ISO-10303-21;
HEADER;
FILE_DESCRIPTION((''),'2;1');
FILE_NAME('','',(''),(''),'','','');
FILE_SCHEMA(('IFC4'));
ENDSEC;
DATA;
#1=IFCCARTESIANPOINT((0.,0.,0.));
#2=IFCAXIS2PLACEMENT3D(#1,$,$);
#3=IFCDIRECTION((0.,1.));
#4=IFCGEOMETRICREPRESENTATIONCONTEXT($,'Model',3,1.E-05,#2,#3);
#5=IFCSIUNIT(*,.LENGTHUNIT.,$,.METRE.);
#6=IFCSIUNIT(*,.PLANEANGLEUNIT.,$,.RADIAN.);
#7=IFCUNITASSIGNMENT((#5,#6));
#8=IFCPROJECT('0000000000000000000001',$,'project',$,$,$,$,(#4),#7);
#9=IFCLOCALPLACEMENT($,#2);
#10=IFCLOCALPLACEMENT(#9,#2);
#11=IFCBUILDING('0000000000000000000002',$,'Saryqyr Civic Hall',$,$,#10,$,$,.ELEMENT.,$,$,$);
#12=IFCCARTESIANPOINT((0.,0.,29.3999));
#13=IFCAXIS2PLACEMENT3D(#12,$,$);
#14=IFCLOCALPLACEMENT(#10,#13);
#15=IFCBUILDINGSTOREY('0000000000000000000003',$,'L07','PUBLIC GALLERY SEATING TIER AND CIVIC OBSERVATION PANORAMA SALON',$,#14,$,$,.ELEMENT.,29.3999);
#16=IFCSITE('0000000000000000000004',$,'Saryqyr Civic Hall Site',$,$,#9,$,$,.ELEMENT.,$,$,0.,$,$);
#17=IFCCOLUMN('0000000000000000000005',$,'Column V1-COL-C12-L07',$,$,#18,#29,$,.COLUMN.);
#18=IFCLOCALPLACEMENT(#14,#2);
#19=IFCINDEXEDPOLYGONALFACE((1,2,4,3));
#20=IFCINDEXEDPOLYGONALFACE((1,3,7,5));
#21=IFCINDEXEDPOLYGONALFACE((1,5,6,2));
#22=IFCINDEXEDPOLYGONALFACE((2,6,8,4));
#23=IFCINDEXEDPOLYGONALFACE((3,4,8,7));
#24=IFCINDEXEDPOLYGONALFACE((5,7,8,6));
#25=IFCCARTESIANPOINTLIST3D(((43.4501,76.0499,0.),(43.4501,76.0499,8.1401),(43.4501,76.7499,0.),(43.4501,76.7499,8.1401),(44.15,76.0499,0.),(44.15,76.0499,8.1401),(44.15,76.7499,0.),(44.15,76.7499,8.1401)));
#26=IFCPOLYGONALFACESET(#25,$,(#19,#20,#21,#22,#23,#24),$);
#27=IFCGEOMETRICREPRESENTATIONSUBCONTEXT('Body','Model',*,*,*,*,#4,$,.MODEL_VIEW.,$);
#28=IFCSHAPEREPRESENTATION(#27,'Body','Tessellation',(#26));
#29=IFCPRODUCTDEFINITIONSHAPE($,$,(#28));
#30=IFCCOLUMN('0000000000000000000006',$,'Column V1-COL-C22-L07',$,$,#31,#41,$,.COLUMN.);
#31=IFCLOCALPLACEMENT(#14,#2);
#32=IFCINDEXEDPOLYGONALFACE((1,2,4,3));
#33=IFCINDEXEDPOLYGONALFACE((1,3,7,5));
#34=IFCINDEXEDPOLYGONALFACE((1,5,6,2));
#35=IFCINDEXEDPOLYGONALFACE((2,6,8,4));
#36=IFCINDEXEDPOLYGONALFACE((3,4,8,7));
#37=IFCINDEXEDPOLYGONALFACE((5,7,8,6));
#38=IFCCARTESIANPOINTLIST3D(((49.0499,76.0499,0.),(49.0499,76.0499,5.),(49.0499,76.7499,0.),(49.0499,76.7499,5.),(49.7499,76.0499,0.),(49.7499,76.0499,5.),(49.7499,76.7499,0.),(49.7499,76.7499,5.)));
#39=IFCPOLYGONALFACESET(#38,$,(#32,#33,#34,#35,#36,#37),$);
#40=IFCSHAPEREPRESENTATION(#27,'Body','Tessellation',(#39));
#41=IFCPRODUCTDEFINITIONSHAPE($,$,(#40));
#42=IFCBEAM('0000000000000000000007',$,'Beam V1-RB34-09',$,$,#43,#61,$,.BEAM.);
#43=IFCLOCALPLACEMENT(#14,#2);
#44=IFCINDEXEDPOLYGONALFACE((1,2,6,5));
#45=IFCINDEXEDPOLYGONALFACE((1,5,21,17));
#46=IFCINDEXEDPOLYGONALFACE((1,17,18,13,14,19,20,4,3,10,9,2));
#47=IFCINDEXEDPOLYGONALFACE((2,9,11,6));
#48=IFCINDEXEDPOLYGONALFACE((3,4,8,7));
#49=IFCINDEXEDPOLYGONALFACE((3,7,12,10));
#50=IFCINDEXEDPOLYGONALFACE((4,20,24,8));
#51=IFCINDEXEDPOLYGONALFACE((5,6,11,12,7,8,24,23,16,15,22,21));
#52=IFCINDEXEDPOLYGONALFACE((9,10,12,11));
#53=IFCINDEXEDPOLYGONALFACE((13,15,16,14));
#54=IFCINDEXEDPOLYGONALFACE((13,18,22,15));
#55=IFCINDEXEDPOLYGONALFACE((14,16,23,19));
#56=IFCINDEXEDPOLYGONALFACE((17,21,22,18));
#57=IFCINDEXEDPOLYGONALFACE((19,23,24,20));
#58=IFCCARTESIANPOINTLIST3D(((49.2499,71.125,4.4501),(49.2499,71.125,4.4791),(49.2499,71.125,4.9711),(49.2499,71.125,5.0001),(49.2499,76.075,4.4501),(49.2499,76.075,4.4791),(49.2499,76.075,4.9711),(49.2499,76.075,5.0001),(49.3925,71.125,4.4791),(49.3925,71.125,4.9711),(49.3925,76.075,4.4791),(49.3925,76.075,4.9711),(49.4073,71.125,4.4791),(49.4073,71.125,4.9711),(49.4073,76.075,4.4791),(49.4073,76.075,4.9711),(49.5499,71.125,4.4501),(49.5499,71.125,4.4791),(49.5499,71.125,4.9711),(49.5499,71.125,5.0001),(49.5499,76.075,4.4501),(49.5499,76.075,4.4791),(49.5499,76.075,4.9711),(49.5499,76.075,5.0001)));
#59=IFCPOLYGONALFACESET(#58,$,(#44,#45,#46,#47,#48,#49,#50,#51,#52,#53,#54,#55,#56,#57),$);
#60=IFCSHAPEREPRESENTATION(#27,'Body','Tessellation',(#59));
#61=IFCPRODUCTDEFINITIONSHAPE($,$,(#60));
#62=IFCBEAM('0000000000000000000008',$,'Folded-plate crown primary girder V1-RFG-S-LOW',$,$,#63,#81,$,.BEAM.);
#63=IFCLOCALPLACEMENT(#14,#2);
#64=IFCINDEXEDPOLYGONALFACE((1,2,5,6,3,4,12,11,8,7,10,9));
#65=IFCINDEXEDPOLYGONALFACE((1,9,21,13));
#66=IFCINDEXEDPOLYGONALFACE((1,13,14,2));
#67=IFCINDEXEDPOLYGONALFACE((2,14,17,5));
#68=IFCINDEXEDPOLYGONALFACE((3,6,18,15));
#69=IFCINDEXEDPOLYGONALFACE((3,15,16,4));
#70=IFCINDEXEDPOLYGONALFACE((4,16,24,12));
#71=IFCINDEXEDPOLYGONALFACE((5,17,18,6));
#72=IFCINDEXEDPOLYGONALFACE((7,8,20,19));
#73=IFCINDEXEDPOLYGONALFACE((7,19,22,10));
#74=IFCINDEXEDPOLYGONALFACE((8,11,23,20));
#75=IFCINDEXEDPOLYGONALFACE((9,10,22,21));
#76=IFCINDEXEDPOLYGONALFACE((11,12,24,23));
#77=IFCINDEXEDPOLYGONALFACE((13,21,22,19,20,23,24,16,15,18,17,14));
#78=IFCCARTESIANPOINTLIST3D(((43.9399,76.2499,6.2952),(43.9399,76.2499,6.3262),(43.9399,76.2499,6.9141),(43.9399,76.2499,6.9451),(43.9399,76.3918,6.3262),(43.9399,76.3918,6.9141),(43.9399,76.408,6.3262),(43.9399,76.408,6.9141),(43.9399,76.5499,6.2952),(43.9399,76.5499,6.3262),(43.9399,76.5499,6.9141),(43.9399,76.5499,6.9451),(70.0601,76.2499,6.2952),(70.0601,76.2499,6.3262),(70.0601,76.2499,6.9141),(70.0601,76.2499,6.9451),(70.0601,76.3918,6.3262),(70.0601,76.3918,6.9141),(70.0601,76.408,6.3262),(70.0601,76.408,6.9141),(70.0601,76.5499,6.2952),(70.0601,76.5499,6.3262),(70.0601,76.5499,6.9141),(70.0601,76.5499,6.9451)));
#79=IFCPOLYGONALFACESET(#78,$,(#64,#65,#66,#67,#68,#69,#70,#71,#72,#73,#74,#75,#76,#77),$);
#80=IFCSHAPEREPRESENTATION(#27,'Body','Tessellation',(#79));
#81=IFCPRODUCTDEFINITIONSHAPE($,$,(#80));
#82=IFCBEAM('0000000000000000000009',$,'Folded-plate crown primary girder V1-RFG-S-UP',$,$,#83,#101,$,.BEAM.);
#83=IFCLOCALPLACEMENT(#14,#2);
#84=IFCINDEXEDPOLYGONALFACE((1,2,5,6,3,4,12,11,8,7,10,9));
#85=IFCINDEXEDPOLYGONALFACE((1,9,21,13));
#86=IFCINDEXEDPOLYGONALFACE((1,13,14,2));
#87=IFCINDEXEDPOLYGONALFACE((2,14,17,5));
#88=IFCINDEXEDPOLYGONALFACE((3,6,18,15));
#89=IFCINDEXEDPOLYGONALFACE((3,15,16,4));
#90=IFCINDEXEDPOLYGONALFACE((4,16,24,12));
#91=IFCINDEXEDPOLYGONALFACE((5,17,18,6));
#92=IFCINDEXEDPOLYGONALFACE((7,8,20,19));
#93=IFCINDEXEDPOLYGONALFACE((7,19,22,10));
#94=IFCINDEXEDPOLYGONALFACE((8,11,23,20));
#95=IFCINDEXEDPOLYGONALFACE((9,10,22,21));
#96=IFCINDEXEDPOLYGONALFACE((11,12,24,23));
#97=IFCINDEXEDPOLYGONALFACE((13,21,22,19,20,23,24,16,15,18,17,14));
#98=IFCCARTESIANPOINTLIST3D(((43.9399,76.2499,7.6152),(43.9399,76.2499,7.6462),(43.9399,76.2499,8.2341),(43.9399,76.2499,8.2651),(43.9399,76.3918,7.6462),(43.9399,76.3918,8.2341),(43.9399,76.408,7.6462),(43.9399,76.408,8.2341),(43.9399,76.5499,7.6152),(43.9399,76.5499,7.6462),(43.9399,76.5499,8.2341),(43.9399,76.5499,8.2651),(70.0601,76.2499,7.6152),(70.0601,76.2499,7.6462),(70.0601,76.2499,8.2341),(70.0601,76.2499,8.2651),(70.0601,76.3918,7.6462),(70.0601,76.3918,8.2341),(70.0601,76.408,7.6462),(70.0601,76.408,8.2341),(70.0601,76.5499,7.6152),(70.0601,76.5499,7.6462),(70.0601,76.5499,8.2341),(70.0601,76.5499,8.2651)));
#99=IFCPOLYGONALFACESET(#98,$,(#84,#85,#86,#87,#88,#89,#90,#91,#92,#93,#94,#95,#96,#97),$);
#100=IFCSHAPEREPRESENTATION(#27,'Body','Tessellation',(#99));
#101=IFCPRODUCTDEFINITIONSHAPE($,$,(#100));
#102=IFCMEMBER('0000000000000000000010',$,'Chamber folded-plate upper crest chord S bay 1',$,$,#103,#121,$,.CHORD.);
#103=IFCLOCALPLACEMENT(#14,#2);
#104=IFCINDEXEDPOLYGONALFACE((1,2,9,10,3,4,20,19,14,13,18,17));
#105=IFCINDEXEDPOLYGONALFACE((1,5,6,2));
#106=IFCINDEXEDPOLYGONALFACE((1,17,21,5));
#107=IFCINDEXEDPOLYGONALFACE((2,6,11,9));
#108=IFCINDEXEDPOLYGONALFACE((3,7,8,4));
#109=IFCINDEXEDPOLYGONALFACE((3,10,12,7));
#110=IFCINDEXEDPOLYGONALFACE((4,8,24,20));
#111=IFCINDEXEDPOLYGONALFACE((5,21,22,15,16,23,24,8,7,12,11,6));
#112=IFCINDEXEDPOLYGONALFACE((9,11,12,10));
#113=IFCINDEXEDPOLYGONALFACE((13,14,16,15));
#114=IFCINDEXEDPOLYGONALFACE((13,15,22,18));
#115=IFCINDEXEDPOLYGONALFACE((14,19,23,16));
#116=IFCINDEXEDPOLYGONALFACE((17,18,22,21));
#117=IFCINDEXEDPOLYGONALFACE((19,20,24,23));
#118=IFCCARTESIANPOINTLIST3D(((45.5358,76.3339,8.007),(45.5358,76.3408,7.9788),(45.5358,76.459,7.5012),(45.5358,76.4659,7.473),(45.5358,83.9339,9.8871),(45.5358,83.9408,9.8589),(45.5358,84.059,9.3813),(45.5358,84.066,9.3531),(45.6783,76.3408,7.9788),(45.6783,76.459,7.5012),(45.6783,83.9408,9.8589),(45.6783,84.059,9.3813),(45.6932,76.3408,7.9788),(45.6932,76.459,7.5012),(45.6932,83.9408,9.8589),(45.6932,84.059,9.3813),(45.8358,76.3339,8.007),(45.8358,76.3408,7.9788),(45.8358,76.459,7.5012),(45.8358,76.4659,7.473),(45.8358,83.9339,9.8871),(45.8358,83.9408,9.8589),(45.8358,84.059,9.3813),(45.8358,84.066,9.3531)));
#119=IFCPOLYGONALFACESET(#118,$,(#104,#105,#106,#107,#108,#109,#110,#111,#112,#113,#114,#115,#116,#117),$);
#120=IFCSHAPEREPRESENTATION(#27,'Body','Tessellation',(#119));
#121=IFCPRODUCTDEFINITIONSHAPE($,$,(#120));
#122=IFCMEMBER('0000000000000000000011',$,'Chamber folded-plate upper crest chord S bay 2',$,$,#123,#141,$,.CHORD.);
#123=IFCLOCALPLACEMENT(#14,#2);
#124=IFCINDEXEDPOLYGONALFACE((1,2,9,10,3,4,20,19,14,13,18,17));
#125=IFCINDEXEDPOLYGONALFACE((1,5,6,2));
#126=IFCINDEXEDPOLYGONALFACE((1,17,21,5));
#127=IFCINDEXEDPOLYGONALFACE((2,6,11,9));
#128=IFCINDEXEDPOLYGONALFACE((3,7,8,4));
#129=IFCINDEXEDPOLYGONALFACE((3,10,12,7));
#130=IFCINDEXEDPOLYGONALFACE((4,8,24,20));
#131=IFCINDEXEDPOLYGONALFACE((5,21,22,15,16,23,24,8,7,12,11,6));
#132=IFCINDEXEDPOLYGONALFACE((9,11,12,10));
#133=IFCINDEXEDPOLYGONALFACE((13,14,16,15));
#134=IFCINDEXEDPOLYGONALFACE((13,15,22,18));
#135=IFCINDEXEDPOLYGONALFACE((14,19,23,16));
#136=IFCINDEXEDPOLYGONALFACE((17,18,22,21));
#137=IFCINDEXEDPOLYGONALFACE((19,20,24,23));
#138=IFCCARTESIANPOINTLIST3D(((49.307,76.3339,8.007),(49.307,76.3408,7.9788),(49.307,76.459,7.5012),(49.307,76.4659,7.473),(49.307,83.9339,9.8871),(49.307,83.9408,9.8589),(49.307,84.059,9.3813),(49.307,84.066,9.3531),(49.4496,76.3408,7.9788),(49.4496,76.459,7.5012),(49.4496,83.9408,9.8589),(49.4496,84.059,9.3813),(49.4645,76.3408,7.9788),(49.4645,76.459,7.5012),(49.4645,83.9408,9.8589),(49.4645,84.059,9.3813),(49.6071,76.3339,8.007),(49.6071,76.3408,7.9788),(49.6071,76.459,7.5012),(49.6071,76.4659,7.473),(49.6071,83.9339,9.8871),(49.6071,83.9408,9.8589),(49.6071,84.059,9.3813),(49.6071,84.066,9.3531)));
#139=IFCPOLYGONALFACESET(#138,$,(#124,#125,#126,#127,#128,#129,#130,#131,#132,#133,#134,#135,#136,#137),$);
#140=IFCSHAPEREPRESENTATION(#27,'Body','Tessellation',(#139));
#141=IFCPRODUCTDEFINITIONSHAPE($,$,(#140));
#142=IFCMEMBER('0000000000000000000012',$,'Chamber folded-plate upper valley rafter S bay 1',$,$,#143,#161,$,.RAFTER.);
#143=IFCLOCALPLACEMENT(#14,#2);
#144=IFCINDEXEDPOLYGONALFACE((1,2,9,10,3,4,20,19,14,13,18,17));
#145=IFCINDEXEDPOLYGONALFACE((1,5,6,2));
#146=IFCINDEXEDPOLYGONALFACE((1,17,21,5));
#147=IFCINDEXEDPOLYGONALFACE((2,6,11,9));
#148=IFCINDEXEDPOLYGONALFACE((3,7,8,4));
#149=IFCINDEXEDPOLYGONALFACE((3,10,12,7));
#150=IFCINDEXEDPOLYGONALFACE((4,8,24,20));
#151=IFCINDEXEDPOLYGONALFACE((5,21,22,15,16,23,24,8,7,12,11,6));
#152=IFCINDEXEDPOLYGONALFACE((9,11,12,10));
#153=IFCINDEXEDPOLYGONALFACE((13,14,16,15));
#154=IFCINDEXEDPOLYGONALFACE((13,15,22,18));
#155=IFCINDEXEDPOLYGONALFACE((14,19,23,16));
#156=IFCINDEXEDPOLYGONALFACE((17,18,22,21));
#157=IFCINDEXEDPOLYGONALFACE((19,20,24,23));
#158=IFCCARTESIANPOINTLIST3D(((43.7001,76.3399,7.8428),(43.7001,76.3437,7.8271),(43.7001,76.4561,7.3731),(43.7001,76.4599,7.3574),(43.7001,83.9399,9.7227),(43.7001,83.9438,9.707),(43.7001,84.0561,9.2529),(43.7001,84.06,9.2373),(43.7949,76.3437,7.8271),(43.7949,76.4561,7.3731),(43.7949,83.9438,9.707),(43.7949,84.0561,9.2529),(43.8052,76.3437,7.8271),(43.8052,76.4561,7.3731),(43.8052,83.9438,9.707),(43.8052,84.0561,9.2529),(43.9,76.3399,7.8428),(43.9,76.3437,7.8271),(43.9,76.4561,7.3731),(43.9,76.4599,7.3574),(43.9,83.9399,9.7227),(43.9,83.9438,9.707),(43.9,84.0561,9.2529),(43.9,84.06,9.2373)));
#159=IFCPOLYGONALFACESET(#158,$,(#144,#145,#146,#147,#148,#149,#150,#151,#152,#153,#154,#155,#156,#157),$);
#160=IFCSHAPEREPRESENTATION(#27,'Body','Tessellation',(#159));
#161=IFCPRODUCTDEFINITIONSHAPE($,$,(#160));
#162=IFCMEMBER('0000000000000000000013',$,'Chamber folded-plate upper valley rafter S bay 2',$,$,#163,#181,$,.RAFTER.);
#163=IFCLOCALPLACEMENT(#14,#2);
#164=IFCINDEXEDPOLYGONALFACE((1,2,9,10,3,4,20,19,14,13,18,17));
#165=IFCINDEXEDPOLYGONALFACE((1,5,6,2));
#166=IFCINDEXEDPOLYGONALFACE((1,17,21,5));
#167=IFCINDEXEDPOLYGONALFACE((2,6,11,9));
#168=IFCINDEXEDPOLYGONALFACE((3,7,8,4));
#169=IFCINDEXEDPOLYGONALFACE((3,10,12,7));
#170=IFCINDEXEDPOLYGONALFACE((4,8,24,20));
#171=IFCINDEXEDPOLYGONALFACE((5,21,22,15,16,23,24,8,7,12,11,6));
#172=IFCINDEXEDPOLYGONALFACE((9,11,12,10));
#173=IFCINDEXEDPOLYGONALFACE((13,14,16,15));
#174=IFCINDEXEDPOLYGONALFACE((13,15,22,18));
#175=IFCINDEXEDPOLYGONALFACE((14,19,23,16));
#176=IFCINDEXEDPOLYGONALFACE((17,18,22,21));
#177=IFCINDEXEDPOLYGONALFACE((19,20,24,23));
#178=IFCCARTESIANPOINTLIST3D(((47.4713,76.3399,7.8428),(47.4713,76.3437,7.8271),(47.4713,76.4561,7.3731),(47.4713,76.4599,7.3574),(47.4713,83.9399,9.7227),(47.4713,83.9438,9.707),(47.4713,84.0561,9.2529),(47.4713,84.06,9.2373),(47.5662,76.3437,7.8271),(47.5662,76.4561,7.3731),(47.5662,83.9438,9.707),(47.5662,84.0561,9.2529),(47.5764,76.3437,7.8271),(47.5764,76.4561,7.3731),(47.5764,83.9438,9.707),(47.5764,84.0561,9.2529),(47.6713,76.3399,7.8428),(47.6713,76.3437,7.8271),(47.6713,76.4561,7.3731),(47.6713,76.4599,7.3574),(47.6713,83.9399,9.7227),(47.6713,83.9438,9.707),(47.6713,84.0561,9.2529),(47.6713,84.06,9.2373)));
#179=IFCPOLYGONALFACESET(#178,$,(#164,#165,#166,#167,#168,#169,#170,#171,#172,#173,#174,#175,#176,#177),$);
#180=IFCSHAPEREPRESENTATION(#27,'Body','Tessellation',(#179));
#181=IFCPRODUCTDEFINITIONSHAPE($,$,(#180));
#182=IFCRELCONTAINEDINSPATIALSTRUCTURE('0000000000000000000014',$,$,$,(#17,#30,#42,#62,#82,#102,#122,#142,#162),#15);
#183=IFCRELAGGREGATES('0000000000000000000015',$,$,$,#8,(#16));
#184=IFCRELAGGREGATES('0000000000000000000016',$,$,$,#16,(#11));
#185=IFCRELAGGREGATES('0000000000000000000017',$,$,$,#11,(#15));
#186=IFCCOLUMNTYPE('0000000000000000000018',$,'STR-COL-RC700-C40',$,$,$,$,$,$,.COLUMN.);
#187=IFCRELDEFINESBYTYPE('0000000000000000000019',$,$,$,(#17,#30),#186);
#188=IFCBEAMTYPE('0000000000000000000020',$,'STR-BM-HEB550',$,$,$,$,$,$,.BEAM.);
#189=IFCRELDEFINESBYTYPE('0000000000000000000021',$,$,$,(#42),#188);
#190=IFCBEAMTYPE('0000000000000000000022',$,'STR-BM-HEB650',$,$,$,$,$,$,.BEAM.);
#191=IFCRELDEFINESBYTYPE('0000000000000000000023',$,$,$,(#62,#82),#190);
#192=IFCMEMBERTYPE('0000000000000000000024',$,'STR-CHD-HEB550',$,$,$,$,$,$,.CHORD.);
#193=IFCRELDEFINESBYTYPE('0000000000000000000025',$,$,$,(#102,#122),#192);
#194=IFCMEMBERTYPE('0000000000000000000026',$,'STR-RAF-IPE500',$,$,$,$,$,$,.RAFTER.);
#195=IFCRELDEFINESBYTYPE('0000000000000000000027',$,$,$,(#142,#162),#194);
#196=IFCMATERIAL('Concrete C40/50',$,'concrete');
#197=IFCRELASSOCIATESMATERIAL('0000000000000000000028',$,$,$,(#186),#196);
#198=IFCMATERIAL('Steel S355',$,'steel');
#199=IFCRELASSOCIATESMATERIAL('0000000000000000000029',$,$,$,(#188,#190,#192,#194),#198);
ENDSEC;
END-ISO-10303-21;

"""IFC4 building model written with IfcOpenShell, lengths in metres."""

from ifc_helpers import new_model, si_unit, direction, frame, origin, origin_2d, place, context, subcontext, project, spatial, rectangle, i_section, extrude, material, material_profile, profile_set, type_object, element, save


model = new_model("IFC4")

# Units and contexts
model_context = context("Model", 3, precision=1e-05, world=origin(), true_north=direction((0.0, 1.0)))
body_context = subcontext(model_context, "Body", "Model", "MODEL_VIEW")
ifc_project = project(units=[si_unit("LENGTHUNIT", "METRE"), si_unit("PLANEANGLEUNIT", "RADIAN")], contexts=[model_context])

# Site, building, storey
site_placement = place(None, origin())
site = spatial("IfcSite", under=ifc_project, at=site_placement, Name="Saryqyr Civic Hall Site", CompositionType="ELEMENT", RefElevation=0.0)
building_placement = place(site_placement, origin())
building = spatial("IfcBuilding", under=site, at=building_placement, Name="Saryqyr Civic Hall", CompositionType="ELEMENT")
storey_placement = place(building_placement, frame((0.0, 0.0, 29.3999)))
storey = spatial("IfcBuildingStorey", under=building, at=storey_placement, Name="L07", Description="PUBLIC GALLERY SEATING TIER AND CIVIC OBSERVATION PANORAMA SALON", CompositionType="ELEMENT", Elevation=29.3999)

# Columns
ifc_material_1 = material(Name="Concrete C40/50", Category="concrete")
ifc_material_profile_1 = material_profile(ifc_material_1, rectangle(XDim=0.7, YDim=0.7, at=origin_2d()), Name="RC 700x700")
ifc_profile_set_1 = profile_set([ifc_material_profile_1], Name="Concrete C40/50")
column_type = type_object("IfcColumnType", Name="STR-COL-RC700-C40", PredefinedType="COLUMN", material=ifc_profile_set_1)
column_1_placement = place(storey_placement, frame((43.8, 76.3999, 0.0), z_axis=(0.0, 0.0, 1.0), x_axis=(1.0, 0.0, 0.0)))
element("IfcColumn", 1, at=column_1_placement, inside=storey, type_object=column_type, Name="Column V1-COL-C12-L07", PredefinedType="COLUMN", context=body_context, shape_type="SweptSolid", body=[
    extrude(rectangle(XDim=0.7, YDim=0.7, at=origin_2d()), origin(), (0.0, 0.0, 1.0), 8.1401),
])
column_2_placement = place(storey_placement, frame((49.3999, 76.3999, 0.0), z_axis=(0.0, 0.0, 1.0), x_axis=(1.0, 0.0, 0.0)))
element("IfcColumn", 2, at=column_2_placement, inside=storey, type_object=column_type, Name="Column V1-COL-C22-L07", PredefinedType="COLUMN", context=body_context, shape_type="SweptSolid", body=[
    extrude(rectangle(XDim=0.7, YDim=0.7, at=origin_2d()), origin(), (0.0, 0.0, 1.0), 5.0),
])

# Beams
ifc_material_2 = material(Name="Steel S355", Category="steel")
ifc_material_profile_2 = material_profile(ifc_material_2, i_section(OverallWidth=0.3, OverallDepth=0.55, WebThickness=0.0149, FlangeThickness=0.0291, at=origin_2d()), Name="HEB 550")
ifc_profile_set_2 = profile_set([ifc_material_profile_2], Name="Steel S355")
beam_type_1 = type_object("IfcBeamType", Name="STR-BM-HEB550", PredefinedType="BEAM", material=ifc_profile_set_2)
beam_placement = place(storey_placement, frame((49.3999, 71.125, 4.7251), z_axis=(0.0, 1.0, 0.0), x_axis=(-1.0, 0.0, 0.0)))
element("IfcBeam", 3, at=beam_placement, inside=storey, type_object=beam_type_1, Name="Beam V1-RB34-09", PredefinedType="BEAM", context=body_context, shape_type="SweptSolid", body=[
    extrude(i_section(OverallWidth=0.3, OverallDepth=0.55, WebThickness=0.0149, FlangeThickness=0.0291, at=origin_2d()), origin(), (0.0, 0.0, 1.0), 4.95),
])
ifc_material_profile_3 = material_profile(ifc_material_2, i_section(OverallWidth=0.3, OverallDepth=0.6499, WebThickness=0.0161, FlangeThickness=0.031, at=origin_2d()), Name="HEB 650")
ifc_profile_set_3 = profile_set([ifc_material_profile_3], Name="Steel S355")
beam_type_2 = type_object("IfcBeamType", Name="STR-BM-HEB650", PredefinedType="BEAM", material=ifc_profile_set_3)
for number, where, z_axis, x_axis, name in (
    (4, (43.9399, 76.3999, 6.6201), (1.0, 0.0, 0.0), (0.0, 1.0, 0.0), "Folded-plate crown primary girder V1-RFG-S-LOW"),
    (5, (43.9399, 76.3999, 7.9402), (1.0, 0.0, 0.0), (0.0, 1.0, 0.0), "Folded-plate crown primary girder V1-RFG-S-UP"),
):
    element("IfcBeam", number, at=place(storey_placement, frame(where, z_axis=z_axis, x_axis=x_axis)), inside=storey, type_object=beam_type_2, Name=name, PredefinedType="BEAM", context=body_context, shape_type="SweptSolid", body=[
        extrude(i_section(OverallWidth=0.3, OverallDepth=0.6499, WebThickness=0.0161, FlangeThickness=0.031, at=origin_2d()), origin(), (0.0, 0.0, 1.0), 26.1201),
    ])

# Members
ifc_material_profile_4 = material_profile(ifc_material_2, i_section(OverallWidth=0.3, OverallDepth=0.55, WebThickness=0.0149, FlangeThickness=0.0291, at=origin_2d()), Name="HEB 550")
ifc_profile_set_4 = profile_set([ifc_material_profile_4], Name="Steel S355")
member_type_1 = type_object("IfcMemberType", Name="STR-CHD-HEB550", PredefinedType="CHORD", material=ifc_profile_set_4)
for number, where, z_axis, x_axis, name in (
    (6, (45.6858, 76.3999, 7.74), (0.0, 0.970738, 0.240143), (-1.0, 0.0, 0.0), "Chamber folded-plate upper crest chord S bay 1"),
    (7, (49.457, 76.3999, 7.74), (0.0, 0.970738, 0.240143), (-1.0, 0.0, 0.0), "Chamber folded-plate upper crest chord S bay 2"),
):
    element("IfcMember", number, at=place(storey_placement, frame(where, z_axis=z_axis, x_axis=x_axis)), inside=storey, type_object=member_type_1, Name=name, PredefinedType="CHORD", context=body_context, shape_type="SweptSolid", body=[
        extrude(i_section(OverallWidth=0.3, OverallDepth=0.55, WebThickness=0.0149, FlangeThickness=0.0291, at=origin_2d()), origin(), (0.0, 0.0, 1.0), 7.8291),
    ])
ifc_material_profile_5 = material_profile(ifc_material_2, i_section(OverallWidth=0.2, OverallDepth=0.5, WebThickness=0.0103, FlangeThickness=0.0161, at=origin_2d()), Name="IPE 500")
ifc_profile_set_5 = profile_set([ifc_material_profile_5], Name="Steel S355")
member_type_2 = type_object("IfcMemberType", Name="STR-RAF-IPE500", PredefinedType="RAFTER", material=ifc_profile_set_5)
for number, where, z_axis, x_axis, name in (
    (8, (43.8, 76.3999, 7.6001), (0.0, 0.970745, 0.240114), (-1.0, 0.0, 0.0), "Chamber folded-plate upper valley rafter S bay 1"),
    (9, (47.5713, 76.3999, 7.6001), (0.0, 0.970745, 0.240114), (-1.0, 0.0, 0.0), "Chamber folded-plate upper valley rafter S bay 2"),
):
    element("IfcMember", number, at=place(storey_placement, frame(where, z_axis=z_axis, x_axis=x_axis)), inside=storey, type_object=member_type_2, Name=name, PredefinedType="RAFTER", context=body_context, shape_type="SweptSolid", body=[
        extrude(i_section(OverallWidth=0.2, OverallDepth=0.5, WebThickness=0.0103, FlangeThickness=0.0161, at=origin_2d()), origin(), (0.0, 0.0, 1.0), 7.8291),
    ])

save(model, "model.ifc")
